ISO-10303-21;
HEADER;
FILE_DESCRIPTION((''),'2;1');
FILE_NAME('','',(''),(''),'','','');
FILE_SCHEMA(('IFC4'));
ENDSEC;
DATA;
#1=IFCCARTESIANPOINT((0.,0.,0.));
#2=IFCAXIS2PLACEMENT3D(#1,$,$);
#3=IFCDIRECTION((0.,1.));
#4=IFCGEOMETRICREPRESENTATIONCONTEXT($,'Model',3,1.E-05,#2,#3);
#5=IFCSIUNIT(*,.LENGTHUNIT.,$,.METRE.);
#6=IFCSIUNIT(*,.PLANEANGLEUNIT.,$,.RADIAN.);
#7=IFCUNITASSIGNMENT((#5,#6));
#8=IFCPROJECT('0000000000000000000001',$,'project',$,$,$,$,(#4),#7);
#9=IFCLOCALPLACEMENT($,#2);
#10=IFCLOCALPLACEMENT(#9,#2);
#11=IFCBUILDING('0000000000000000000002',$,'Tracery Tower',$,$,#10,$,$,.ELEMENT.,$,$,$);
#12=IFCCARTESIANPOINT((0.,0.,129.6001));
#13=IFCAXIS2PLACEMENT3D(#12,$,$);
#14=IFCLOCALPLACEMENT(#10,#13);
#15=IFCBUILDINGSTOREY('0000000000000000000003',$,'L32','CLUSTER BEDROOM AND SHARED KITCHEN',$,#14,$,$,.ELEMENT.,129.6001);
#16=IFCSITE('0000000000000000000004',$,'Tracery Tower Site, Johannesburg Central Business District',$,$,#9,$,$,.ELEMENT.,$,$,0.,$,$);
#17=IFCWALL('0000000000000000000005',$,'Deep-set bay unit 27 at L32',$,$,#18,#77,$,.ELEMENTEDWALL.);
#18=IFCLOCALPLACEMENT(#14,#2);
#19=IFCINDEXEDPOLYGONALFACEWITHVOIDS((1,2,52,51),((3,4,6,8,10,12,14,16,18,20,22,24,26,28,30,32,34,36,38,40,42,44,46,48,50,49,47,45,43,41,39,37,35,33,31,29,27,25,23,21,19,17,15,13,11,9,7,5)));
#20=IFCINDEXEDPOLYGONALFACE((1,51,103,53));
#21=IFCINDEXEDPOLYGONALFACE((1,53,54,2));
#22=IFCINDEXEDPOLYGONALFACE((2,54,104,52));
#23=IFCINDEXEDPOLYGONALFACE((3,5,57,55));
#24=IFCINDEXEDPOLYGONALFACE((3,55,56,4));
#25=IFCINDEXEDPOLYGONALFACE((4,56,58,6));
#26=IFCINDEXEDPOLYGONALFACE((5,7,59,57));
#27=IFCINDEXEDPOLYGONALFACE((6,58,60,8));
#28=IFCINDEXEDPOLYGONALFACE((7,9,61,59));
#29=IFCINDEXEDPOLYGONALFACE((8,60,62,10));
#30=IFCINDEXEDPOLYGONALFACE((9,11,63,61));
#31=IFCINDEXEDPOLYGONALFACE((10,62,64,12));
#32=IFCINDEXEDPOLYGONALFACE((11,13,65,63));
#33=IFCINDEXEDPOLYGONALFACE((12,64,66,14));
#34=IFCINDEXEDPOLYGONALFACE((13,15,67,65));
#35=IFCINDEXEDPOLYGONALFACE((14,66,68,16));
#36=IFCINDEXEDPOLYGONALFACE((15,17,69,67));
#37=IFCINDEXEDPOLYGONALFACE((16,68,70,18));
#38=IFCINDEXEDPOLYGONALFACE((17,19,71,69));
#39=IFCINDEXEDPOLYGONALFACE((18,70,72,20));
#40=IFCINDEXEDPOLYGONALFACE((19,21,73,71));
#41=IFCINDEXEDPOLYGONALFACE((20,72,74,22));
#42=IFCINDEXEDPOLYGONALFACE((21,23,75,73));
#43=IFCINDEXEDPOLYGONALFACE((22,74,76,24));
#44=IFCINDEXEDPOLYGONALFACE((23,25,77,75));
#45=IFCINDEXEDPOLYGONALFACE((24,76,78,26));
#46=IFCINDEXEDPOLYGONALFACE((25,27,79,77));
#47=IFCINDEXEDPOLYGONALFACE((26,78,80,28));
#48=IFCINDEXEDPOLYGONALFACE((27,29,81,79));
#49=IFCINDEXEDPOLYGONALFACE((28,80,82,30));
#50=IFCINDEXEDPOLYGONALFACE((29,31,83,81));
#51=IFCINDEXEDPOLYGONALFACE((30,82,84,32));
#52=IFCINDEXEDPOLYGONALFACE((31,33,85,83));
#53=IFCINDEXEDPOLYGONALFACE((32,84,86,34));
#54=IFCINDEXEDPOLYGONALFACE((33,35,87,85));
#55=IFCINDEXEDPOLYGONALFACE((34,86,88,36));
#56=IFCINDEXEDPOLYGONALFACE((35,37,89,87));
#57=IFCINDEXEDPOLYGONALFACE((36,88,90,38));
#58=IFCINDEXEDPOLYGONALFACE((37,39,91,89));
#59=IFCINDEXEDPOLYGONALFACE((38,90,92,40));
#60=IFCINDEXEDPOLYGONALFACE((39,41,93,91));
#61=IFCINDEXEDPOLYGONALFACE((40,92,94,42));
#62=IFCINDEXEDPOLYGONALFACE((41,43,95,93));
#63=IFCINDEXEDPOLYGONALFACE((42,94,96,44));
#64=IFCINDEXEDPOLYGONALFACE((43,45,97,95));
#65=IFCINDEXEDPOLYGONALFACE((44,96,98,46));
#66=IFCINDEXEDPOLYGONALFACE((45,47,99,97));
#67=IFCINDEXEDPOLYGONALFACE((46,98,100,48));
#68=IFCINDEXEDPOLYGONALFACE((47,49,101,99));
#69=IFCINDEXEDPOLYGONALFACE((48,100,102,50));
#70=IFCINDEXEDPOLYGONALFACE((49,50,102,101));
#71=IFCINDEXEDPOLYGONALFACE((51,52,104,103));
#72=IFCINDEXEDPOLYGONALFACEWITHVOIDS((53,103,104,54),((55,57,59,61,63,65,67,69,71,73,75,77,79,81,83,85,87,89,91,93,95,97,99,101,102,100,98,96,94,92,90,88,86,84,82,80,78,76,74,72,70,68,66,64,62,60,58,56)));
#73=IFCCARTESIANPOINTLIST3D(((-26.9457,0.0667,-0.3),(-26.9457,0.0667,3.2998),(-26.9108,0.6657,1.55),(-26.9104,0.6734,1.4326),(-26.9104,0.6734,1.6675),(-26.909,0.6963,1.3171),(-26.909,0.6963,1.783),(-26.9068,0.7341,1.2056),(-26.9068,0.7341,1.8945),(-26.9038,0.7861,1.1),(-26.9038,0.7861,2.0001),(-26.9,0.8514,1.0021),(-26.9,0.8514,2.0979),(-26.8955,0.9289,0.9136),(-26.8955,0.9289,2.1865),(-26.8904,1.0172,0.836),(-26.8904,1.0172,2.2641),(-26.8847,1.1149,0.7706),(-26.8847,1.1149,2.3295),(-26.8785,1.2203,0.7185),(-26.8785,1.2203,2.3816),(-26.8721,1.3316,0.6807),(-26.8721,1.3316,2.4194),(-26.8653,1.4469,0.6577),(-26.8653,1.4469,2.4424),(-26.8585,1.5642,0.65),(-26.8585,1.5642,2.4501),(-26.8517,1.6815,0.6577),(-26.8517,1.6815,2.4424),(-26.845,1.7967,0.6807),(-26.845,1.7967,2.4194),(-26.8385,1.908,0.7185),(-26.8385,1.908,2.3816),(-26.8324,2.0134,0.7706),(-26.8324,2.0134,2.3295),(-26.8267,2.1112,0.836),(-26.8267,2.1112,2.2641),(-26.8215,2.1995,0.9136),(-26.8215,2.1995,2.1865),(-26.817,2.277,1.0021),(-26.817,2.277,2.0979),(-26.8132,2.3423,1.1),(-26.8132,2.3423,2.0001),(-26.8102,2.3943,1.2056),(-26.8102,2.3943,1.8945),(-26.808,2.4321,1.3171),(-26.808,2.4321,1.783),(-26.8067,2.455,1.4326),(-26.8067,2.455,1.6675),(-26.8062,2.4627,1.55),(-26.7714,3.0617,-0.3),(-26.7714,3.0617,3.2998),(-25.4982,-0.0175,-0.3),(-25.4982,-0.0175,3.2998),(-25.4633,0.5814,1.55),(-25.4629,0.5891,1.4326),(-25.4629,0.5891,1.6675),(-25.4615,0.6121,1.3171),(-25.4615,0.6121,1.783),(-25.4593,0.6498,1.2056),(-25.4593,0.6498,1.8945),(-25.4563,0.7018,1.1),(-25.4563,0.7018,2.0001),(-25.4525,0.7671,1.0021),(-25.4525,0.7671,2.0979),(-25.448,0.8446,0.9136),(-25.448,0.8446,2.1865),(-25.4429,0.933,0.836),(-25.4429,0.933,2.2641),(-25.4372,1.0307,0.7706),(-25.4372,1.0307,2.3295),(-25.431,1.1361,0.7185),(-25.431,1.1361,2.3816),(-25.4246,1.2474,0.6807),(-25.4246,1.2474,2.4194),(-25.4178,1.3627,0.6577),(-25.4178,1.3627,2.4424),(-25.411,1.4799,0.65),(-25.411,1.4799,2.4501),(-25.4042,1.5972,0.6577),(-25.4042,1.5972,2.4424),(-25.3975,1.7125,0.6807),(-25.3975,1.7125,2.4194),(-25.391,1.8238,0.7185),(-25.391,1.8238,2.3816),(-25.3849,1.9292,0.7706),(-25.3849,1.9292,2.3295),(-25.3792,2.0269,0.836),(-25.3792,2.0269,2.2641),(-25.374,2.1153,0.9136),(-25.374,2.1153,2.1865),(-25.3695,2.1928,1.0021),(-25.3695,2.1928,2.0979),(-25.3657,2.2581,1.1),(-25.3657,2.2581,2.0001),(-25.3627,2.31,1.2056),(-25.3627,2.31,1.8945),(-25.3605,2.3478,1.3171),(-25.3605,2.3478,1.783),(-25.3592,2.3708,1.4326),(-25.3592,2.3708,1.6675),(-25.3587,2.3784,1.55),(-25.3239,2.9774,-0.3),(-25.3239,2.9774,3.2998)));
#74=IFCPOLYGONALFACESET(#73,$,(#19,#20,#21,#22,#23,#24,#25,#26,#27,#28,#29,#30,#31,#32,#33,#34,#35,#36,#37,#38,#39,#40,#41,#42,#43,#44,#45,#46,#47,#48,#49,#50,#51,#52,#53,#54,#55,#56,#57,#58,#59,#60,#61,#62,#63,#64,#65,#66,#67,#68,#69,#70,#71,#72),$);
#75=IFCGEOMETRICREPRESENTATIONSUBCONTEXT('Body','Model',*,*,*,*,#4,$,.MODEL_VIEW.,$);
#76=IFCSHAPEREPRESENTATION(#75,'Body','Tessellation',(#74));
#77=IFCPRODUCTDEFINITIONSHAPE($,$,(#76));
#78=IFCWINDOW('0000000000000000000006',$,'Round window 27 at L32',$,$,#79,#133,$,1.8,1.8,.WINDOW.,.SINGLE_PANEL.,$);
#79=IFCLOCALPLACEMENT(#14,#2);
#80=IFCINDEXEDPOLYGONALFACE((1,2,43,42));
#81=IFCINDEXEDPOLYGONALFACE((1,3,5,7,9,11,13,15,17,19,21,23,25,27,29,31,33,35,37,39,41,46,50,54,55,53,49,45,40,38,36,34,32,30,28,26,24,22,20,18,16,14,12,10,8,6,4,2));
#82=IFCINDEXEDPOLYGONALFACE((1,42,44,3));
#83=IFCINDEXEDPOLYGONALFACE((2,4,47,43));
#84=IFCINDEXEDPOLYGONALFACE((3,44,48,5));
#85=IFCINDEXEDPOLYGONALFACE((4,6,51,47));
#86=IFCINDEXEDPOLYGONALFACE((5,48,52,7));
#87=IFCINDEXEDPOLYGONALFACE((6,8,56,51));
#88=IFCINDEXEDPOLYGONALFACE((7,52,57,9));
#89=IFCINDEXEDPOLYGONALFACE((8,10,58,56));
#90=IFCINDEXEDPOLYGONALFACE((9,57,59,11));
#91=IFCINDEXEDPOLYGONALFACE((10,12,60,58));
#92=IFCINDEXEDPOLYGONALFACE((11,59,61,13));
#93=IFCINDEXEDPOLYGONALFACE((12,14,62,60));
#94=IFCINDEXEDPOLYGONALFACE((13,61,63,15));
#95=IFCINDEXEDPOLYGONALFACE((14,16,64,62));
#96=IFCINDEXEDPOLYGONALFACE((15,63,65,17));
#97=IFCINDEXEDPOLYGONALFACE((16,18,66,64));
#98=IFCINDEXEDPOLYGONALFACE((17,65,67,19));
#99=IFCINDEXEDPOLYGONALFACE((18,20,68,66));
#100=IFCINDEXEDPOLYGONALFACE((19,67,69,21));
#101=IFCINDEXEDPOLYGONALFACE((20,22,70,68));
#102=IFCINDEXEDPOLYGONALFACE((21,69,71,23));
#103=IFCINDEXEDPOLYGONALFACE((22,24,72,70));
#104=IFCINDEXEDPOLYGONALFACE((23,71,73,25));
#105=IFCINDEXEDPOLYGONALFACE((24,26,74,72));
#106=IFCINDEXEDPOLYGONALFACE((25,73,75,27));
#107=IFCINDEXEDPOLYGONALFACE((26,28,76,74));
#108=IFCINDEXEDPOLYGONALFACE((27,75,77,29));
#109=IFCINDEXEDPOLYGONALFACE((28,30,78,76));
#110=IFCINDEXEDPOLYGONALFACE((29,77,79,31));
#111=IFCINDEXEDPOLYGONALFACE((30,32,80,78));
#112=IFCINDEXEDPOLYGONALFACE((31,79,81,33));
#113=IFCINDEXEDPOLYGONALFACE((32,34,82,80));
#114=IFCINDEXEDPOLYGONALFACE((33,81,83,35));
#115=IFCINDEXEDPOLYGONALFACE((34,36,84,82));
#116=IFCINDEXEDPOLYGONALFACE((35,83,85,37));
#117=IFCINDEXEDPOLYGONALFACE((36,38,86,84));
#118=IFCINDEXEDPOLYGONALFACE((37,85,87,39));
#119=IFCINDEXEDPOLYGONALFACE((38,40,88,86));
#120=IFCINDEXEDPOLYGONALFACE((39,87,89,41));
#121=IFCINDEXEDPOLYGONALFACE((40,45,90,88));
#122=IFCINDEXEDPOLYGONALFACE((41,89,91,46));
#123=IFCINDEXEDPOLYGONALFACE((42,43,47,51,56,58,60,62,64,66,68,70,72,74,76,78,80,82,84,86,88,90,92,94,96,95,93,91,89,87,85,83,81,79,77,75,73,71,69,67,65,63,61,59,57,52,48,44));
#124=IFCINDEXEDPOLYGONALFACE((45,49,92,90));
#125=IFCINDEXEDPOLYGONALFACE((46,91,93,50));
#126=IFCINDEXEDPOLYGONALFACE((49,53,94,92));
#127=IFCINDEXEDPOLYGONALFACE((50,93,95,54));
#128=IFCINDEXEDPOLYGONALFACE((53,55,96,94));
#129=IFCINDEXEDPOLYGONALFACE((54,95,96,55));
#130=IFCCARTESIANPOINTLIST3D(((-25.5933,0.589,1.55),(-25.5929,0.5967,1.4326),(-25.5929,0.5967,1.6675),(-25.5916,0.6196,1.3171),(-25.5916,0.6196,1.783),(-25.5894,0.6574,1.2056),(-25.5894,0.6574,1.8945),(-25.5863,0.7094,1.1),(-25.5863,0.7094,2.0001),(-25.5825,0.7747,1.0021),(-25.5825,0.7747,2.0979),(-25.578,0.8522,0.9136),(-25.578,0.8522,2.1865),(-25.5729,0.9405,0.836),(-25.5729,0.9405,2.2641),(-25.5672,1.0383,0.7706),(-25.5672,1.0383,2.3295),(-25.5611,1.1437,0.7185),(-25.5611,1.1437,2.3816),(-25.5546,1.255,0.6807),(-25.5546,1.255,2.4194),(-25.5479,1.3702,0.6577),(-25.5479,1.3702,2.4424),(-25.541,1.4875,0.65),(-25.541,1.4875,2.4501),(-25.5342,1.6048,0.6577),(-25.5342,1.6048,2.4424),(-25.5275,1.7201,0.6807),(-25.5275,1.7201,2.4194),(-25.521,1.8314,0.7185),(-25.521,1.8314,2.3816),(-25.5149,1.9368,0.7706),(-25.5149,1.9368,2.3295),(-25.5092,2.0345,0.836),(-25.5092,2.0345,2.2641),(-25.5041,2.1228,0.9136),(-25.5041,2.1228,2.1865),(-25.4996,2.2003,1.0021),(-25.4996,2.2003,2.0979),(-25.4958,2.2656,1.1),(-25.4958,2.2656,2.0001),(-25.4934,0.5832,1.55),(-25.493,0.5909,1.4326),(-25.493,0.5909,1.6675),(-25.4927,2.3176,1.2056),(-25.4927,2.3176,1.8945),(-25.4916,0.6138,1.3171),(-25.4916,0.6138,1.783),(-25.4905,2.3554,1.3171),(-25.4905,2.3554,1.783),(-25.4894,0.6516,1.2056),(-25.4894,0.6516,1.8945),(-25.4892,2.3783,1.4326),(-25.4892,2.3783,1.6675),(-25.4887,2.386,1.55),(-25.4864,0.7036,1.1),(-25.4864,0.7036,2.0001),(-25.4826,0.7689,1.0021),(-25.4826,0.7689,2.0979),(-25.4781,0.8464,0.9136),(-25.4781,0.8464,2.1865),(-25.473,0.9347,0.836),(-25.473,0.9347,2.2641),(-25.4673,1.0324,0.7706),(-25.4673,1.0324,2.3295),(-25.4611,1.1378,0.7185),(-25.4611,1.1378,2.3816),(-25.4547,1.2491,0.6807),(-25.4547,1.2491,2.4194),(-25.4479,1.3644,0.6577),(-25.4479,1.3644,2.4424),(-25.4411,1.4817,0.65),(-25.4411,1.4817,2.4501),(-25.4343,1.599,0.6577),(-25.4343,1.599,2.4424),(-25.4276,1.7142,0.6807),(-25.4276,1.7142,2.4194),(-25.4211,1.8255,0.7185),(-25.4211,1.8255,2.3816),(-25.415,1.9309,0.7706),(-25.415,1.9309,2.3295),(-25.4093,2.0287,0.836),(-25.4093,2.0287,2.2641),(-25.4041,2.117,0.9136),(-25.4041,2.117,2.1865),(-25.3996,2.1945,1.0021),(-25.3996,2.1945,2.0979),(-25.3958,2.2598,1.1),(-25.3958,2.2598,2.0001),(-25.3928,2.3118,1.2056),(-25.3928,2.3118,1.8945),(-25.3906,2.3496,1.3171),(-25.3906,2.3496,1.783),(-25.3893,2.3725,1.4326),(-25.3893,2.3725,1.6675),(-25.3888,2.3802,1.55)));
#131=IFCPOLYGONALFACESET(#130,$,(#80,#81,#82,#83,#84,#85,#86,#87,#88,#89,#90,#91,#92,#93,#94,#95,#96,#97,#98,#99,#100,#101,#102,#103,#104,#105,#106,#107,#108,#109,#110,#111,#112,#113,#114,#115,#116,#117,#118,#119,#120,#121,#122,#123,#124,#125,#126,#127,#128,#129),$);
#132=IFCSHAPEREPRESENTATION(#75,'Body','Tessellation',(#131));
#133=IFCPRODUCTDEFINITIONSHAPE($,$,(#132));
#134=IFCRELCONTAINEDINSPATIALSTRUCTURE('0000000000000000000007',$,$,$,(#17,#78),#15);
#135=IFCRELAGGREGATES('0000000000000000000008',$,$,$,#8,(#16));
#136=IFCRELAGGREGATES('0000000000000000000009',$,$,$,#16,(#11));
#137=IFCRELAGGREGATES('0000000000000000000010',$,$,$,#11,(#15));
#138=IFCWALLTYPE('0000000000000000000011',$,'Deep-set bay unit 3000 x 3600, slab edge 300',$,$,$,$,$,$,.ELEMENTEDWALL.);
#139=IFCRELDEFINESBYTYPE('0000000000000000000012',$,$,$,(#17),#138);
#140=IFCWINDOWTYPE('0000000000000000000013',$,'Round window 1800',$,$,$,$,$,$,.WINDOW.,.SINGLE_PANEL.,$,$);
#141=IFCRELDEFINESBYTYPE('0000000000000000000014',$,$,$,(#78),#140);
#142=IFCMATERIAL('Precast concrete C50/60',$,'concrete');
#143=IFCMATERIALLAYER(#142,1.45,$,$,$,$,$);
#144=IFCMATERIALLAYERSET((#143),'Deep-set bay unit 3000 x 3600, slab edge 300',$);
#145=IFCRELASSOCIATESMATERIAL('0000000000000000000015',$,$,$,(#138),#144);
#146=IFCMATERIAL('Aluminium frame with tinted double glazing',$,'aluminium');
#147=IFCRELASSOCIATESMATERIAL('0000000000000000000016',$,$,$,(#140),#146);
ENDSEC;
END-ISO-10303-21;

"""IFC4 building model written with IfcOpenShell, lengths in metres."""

from ifc_helpers import new_model, si_unit, direction, frame, frame_2d, origin, origin_2d, place, context, subcontext, project, spatial, rectangle, circle, extrude, material, layer, layer_set, type_object, element, fill, save


model = new_model("IFC4")

# Units and contexts
model_context = context("Model", 3, precision=1e-05, world=origin(), true_north=direction((0.0, 1.0)))
body_context = subcontext(model_context, "Body", "Model", "MODEL_VIEW")
ifc_project = project(units=[si_unit("LENGTHUNIT", "METRE"), si_unit("PLANEANGLEUNIT", "RADIAN")], contexts=[model_context])

# Site, building, storey
site_placement = place(None, origin())
site = spatial("IfcSite", under=ifc_project, at=site_placement, Name="Tracery Tower Site, Johannesburg Central Business District", CompositionType="ELEMENT", RefElevation=0.0)
building_placement = place(site_placement, origin())
building = spatial("IfcBuilding", under=site, at=building_placement, Name="Tracery Tower", CompositionType="ELEMENT")
storey_placement = place(building_placement, frame((0.0, 0.0, 129.6001)))
storey = spatial("IfcBuildingStorey", under=building, at=storey_placement, Name="L32", Description="CLUSTER BEDROOM AND SHARED KITCHEN", CompositionType="ELEMENT", Elevation=129.6001)

# Wall, opening, window
ifc_material_1 = material(Name="Precast concrete C50/60", Category="concrete")
ifc_layer_1 = layer(ifc_material_1, 1.45)
ifc_layer_set_1 = layer_set([ifc_layer_1], Name="Deep-set bay unit 3000 x 3600, slab edge 300")
wall_type_1 = type_object("IfcWallType", Name="Deep-set bay unit 3000 x 3600, slab edge 300", PredefinedType="ELEMENTEDWALL", material=ifc_layer_set_1)
ifc_material_2 = material(Name="Aluminium frame with tinted double glazing", Category="aluminium")
window_type = type_object("IfcWindowType", Name="Round window 1800", PartitioningType="SINGLE_PANEL", PredefinedType="WINDOW", material=ifc_material_2)
wall_1_placement = place(storey_placement, frame((-26.0476, 3.0195, -0.3), z_axis=(0.0, 0.0, 1.0), x_axis=(-0.058107, -0.99831, 0.0)))
wall_1 = element("IfcWall", 1, at=wall_1_placement, inside=storey, type_object=wall_type_1, Name="Deep-set bay unit 27 at L32", PredefinedType="ELEMENTEDWALL", context=body_context, shape_type="SweptSolid", body=[
    extrude(rectangle(XDim=3.0, YDim=1.45, at=frame_2d((1.5, 0.0))), origin(), (0.0, 0.0, 1.0), 3.5999),
])
opening_1_placement = place(wall_1_placement, frame((1.5, 0.0, 1.8501)))
opening_1 = element("IfcOpeningElement", 2, at=opening_1_placement, cuts=wall_1, PredefinedType="OPENING", context=body_context, shape_type="SweptSolid", body=[
    extrude(circle(Radius=0.9, at=origin_2d()), frame((0.0, 0.7349, 0.0), z_axis=(0.0, -1.0, 0.0), x_axis=(1.0, 0.0, 0.0)), (0.0, 0.0, 1.0), 1.47),
])
window_1_placement = place(opening_1_placement, origin())
window_1 = element("IfcWindow", 3, at=window_1_placement, inside=storey, type_object=window_type, Name="Round window 27 at L32", OverallHeight=1.8, OverallWidth=1.8, PartitioningType="SINGLE_PANEL", PredefinedType="WINDOW", context=body_context, shape_type="SweptSolid", body=[
    extrude(circle(Radius=0.9, at=origin_2d()), frame((0.0, 0.6948, 0.0), z_axis=(0.0, -1.0, 0.0), x_axis=(1.0, 0.0, 0.0)), (0.0, 0.0, 1.0), 0.1001),
])
fill(opening_1, window_1)

save(model, "model.ifc")
